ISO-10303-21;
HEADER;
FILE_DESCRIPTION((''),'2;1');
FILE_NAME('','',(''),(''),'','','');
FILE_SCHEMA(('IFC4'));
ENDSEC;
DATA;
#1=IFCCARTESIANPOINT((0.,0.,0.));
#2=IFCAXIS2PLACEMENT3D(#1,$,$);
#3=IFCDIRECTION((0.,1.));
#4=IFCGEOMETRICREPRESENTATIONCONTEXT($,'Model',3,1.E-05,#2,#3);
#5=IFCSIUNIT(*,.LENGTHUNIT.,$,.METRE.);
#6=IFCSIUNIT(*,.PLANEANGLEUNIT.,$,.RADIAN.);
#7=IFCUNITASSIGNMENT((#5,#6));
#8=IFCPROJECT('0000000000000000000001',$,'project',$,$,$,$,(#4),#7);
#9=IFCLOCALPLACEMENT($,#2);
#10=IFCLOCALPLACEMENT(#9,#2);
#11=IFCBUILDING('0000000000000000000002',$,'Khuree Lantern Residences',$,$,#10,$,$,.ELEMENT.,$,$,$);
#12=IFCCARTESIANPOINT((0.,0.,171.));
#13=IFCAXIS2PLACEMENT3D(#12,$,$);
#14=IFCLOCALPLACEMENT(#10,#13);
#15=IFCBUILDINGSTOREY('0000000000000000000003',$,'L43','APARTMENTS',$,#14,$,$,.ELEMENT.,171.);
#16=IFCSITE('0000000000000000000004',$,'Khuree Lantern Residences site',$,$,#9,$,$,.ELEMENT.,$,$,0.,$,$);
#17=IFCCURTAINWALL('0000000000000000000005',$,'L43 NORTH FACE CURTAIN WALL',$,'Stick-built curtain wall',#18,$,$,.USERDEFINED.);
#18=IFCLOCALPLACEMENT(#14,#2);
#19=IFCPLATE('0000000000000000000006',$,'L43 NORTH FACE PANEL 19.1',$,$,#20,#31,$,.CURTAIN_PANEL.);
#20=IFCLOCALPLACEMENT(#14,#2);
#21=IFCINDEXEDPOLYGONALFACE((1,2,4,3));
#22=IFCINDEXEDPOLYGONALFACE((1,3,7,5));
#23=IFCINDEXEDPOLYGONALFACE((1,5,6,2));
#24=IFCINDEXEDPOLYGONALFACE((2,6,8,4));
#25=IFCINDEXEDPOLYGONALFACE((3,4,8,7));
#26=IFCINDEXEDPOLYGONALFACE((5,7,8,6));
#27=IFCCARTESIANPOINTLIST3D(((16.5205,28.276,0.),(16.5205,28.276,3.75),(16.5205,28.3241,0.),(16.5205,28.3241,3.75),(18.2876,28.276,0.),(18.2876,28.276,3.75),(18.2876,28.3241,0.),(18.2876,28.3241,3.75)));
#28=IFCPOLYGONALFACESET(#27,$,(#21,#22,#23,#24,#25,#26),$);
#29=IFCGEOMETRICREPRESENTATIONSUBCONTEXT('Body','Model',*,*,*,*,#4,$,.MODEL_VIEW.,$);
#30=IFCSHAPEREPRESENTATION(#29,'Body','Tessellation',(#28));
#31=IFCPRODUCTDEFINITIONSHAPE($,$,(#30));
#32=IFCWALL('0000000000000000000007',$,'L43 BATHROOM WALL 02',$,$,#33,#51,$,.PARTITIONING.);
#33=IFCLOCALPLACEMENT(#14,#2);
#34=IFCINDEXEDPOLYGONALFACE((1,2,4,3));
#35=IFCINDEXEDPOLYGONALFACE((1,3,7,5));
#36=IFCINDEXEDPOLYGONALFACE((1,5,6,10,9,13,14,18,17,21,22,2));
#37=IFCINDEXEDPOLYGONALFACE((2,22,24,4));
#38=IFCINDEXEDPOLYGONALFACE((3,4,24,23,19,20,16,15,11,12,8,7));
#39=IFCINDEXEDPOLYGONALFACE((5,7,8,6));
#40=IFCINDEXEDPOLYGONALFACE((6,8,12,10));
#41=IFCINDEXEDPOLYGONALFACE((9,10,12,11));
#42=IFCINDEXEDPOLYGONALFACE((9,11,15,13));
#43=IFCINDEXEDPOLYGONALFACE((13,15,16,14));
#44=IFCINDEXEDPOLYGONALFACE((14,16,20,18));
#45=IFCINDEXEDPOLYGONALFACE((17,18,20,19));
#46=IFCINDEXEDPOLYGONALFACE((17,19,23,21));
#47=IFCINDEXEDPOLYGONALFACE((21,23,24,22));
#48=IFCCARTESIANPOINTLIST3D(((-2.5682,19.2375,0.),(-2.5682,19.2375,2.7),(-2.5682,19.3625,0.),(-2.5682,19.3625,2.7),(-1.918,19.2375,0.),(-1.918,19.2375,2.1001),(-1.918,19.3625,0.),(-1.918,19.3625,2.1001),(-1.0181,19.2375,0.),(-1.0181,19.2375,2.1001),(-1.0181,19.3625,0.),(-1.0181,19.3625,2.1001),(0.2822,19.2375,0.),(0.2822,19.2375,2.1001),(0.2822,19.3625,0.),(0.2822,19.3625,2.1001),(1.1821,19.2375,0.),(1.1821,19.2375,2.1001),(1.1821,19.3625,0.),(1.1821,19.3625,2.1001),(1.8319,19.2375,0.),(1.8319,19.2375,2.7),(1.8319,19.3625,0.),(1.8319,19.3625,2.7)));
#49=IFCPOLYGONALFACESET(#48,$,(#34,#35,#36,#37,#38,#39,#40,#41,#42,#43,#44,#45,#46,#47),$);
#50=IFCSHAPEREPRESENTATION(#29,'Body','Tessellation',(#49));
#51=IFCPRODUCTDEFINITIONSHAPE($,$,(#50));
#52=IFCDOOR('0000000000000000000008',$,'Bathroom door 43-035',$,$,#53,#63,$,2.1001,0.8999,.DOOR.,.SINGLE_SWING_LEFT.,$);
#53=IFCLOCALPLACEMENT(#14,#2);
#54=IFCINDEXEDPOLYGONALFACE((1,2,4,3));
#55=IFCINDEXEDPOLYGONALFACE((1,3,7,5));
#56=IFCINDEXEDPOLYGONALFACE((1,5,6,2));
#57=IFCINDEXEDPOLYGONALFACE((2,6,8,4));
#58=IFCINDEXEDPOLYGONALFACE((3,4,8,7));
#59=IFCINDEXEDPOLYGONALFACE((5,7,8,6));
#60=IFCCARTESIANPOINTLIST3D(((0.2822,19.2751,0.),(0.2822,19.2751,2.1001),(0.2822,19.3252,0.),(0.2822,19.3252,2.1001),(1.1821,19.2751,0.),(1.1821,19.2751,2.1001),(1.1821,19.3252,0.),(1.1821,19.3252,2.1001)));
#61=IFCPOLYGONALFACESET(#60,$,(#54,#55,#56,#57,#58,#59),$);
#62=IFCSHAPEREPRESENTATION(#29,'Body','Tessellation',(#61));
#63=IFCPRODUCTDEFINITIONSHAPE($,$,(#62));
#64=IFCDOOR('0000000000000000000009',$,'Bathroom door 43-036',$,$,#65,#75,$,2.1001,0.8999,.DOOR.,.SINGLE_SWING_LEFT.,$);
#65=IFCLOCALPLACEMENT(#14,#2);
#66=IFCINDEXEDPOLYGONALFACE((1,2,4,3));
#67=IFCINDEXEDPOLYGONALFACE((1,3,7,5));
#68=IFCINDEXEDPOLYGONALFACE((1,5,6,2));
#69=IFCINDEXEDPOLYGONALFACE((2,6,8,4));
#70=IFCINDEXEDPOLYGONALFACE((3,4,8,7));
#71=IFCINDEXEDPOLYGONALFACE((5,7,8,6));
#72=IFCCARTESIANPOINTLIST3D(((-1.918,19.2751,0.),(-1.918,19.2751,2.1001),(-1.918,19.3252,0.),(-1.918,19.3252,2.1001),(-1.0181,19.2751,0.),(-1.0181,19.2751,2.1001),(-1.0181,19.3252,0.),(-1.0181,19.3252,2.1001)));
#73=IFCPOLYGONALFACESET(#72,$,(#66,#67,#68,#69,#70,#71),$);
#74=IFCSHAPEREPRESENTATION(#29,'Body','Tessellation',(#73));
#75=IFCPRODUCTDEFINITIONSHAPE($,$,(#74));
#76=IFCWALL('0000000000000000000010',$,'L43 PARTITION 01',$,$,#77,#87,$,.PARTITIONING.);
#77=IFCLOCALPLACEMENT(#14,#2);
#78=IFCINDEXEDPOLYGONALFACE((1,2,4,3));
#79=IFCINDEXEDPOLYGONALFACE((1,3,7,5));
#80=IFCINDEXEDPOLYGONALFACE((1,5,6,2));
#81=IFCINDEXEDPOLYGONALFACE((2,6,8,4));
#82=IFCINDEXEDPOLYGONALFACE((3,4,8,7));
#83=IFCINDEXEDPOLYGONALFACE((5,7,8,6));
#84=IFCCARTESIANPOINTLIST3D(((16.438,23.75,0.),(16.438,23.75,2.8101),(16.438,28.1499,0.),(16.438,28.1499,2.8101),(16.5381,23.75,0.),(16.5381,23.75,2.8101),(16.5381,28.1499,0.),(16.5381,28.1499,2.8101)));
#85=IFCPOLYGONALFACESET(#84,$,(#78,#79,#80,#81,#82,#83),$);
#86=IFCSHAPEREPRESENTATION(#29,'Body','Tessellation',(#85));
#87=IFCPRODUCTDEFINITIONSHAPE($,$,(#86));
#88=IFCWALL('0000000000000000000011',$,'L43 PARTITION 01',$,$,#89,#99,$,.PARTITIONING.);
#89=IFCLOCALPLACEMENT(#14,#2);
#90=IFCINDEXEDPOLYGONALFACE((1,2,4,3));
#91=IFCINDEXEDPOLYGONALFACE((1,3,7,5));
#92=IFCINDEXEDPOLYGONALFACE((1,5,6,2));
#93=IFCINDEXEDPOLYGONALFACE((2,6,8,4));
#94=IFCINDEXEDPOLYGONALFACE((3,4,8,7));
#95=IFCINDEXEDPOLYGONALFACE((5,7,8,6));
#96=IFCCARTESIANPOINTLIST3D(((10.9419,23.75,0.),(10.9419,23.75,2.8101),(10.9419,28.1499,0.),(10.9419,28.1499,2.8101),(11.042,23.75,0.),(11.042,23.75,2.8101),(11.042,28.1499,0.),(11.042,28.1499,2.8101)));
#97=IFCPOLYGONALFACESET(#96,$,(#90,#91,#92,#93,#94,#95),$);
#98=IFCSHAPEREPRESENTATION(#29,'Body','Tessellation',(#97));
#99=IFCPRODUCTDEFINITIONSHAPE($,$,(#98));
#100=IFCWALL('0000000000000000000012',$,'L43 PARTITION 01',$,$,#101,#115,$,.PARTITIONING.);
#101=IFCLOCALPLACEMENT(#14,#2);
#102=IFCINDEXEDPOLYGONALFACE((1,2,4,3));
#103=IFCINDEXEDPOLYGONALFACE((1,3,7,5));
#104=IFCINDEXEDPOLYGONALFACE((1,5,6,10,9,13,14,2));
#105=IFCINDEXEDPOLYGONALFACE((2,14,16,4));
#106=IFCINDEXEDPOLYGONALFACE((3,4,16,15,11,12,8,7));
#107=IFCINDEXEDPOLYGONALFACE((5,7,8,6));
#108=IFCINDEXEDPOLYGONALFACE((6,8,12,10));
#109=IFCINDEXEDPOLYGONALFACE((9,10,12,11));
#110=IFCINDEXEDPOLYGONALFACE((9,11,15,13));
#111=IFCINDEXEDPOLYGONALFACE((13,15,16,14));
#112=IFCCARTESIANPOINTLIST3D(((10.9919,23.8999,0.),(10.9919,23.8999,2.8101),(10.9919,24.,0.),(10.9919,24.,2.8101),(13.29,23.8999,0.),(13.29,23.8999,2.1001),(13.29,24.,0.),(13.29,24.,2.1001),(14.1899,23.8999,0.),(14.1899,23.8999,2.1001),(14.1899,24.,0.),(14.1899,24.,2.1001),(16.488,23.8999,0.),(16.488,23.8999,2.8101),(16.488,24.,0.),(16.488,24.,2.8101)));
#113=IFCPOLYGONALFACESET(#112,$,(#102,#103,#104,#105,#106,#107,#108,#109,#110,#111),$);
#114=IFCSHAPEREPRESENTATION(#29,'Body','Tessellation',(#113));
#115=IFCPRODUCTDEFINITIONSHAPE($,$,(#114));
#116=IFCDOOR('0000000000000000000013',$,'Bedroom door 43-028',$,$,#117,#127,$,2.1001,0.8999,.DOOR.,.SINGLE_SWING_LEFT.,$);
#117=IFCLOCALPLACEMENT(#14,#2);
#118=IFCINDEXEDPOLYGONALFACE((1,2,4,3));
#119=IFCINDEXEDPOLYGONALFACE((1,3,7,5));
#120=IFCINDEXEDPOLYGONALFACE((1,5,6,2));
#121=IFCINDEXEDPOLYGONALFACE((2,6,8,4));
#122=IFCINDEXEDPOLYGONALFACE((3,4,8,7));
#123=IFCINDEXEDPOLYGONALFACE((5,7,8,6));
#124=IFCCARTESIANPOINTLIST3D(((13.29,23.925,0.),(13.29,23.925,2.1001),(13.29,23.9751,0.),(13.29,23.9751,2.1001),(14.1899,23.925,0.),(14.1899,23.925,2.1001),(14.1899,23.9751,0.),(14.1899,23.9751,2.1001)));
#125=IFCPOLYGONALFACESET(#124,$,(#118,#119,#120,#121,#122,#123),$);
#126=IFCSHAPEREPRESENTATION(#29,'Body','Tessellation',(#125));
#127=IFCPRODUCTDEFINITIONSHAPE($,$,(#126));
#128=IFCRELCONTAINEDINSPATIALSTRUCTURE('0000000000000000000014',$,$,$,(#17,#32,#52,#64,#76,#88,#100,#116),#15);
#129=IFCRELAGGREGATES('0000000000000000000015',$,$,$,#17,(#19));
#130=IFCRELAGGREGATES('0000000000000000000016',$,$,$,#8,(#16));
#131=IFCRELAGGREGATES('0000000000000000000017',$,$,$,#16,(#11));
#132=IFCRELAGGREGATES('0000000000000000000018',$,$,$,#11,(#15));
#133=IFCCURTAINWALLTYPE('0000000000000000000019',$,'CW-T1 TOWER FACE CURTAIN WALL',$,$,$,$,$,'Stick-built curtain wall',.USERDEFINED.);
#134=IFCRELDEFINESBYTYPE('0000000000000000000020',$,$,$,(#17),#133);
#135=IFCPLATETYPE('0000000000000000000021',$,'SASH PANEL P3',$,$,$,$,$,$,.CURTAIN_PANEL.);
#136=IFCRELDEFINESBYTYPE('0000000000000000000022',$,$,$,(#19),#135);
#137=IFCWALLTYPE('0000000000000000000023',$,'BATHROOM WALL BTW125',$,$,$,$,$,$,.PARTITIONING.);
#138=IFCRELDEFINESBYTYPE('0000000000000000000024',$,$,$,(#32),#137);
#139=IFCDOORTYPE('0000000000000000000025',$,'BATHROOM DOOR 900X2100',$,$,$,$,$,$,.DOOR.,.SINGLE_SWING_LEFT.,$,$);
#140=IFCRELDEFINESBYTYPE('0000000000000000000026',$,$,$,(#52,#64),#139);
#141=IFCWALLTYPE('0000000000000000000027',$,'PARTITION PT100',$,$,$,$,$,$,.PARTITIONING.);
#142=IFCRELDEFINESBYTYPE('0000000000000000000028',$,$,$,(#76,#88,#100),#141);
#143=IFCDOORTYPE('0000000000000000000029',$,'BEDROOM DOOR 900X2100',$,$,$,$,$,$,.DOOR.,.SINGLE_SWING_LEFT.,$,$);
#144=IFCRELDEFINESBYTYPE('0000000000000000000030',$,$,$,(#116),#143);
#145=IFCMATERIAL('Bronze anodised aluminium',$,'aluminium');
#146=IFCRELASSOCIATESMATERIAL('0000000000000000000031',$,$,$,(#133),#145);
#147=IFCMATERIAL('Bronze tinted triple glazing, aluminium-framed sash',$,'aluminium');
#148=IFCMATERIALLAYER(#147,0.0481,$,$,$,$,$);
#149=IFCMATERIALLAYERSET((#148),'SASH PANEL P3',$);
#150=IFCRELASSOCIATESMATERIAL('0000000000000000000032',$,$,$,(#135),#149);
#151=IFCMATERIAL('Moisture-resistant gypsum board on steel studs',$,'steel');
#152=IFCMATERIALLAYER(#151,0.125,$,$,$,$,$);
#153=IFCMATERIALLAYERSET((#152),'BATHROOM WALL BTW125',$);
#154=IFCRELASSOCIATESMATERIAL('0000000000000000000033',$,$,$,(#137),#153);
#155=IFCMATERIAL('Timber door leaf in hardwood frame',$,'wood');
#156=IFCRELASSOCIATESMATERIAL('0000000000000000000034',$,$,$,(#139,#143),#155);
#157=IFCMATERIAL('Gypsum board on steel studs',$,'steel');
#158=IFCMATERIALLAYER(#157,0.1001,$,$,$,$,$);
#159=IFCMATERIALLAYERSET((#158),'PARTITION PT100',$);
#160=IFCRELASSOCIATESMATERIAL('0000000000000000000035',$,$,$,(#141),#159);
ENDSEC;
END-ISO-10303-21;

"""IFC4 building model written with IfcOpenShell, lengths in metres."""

from ifc_helpers import new_model, si_unit, direction, frame, frame_2d, origin, origin_2d, place, context, subcontext, project, spatial, rectangle, extrude, material, layer, layer_set, type_object, element, fill, aggregate, save


model = new_model("IFC4")

# Units and contexts
model_context = context("Model", 3, precision=1e-05, world=origin(), true_north=direction((0.0, 1.0)))
body_context = subcontext(model_context, "Body", "Model", "MODEL_VIEW")
ifc_project = project(units=[si_unit("LENGTHUNIT", "METRE"), si_unit("PLANEANGLEUNIT", "RADIAN")], contexts=[model_context])

# Site, building, storey
site_placement = place(None, origin())
site = spatial("IfcSite", under=ifc_project, at=site_placement, Name="Khuree Lantern Residences site", CompositionType="ELEMENT", RefElevation=0.0)
building_placement = place(site_placement, origin())
building = spatial("IfcBuilding", under=site, at=building_placement, Name="Khuree Lantern Residences", CompositionType="ELEMENT")
storey_placement = place(building_placement, frame((0.0, 0.0, 171.0)))
storey = spatial("IfcBuildingStorey", under=building, at=storey_placement, Name="L43", Description="APARTMENTS", CompositionType="ELEMENT", Elevation=171.0)

# Curtain wall
ifc_material_1 = material(Name="Bronze anodised aluminium", Category="aluminium")
curtain_wall_type = type_object("IfcCurtainWallType", Name="CW-T1 TOWER FACE CURTAIN WALL", ElementType="Stick-built curtain wall", PredefinedType="USERDEFINED", material=ifc_material_1)
curtain_wall_placement = place(storey_placement, origin())
curtain_wall = element("IfcCurtainWall", 1, at=curtain_wall_placement, inside=storey, type_object=curtain_wall_type, Name="L43 NORTH FACE CURTAIN WALL", ObjectType="Stick-built curtain wall", PredefinedType="USERDEFINED")

# Plate
ifc_material_2 = material(Name="Bronze tinted triple glazing, aluminium-framed sash", Category="aluminium")
ifc_layer_1 = layer(ifc_material_2, 0.0481)
ifc_layer_set_1 = layer_set([ifc_layer_1], Name="SASH PANEL P3")
plate_type_1 = type_object("IfcPlateType", Name="SASH PANEL P3", PredefinedType="CURTAIN_PANEL", material=ifc_layer_set_1)
plate_1_placement = place(storey_placement, frame((17.4041, 28.3, 0.0), z_axis=(0.0, 0.0, 1.0), x_axis=(-1.0, 0.0, 0.0)))
plate_1 = element("IfcPlate", 2, at=plate_1_placement, type_object=plate_type_1, Name="L43 NORTH FACE PANEL 19.1", PredefinedType="CURTAIN_PANEL", context=body_context, shape_type="SweptSolid", body=[
    extrude(rectangle(XDim=1.7671, YDim=0.0481, at=origin_2d()), origin(), (0.0, 0.0, 1.0), 3.75),
])
aggregate(curtain_wall, [plate_1])

# Wall, openings, doors
ifc_material_3 = material(Name="Moisture-resistant gypsum board on steel studs", Category="steel")
ifc_layer_2 = layer(ifc_material_3, 0.125)
ifc_layer_set_2 = layer_set([ifc_layer_2], Name="BATHROOM WALL BTW125")
wall_type_1 = type_object("IfcWallType", Name="BATHROOM WALL BTW125", PredefinedType="PARTITIONING", material=ifc_layer_set_2)
wall_1_placement = place(storey_placement, frame((1.832, 19.3, 0.0), z_axis=(0.0, 0.0, 1.0), x_axis=(-1.0, 0.0, 0.0)))
wall_1 = element("IfcWall", 3, at=wall_1_placement, inside=storey, type_object=wall_type_1, Name="L43 BATHROOM WALL 02", PredefinedType="PARTITIONING", context=body_context, shape_type="SweptSolid", body=[
    extrude(rectangle(XDim=4.4001, YDim=0.125, at=frame_2d((2.2002, 0.0))), origin(), (0.0, 0.0, 1.0), 2.7),
])
opening_1_placement = place(wall_1_placement, frame((0.6499, 0.0, 0.0)))
opening_1 = element("IfcOpeningElement", 4, at=opening_1_placement, cuts=wall_1, PredefinedType="OPENING", context=body_context, shape_type="SweptSolid", body=[
    extrude(rectangle(XDim=0.8999, YDim=2.1001, at=frame_2d((0.45, 1.05))), frame((0.0, 0.0725, 0.0), z_axis=(0.0, -1.0, 0.0), x_axis=(1.0, 0.0, 0.0)), (0.0, 0.0, 1.0), 0.145),
])
opening_2_placement = place(wall_1_placement, frame((2.8501, 0.0, 0.0)))
opening_2 = element("IfcOpeningElement", 5, at=opening_2_placement, cuts=wall_1, PredefinedType="OPENING", context=body_context, shape_type="SweptSolid", body=[
    extrude(rectangle(XDim=0.8999, YDim=2.1001, at=frame_2d((0.45, 1.05))), frame((0.0, 0.0725, 0.0), z_axis=(0.0, -1.0, 0.0), x_axis=(1.0, 0.0, 0.0)), (0.0, 0.0, 1.0), 0.145),
])
ifc_material_4 = material(Name="Timber door leaf in hardwood frame", Category="wood")
door_type_1 = type_object("IfcDoorType", Name="BATHROOM DOOR 900X2100", OperationType="SINGLE_SWING_LEFT", PredefinedType="DOOR", material=ifc_material_4)
door_1_placement = place(opening_1_placement, origin())
door_1 = element("IfcDoor", 6, at=door_1_placement, inside=storey, type_object=door_type_1, Name="Bathroom door 43-035", OperationType="SINGLE_SWING_LEFT", OverallHeight=2.1001, OverallWidth=0.8999, PredefinedType="DOOR", context=body_context, shape_type="SweptSolid", body=[
    extrude(rectangle(XDim=0.8999, YDim=2.1001, at=frame_2d((0.45, 1.05))), frame((0.0, 0.0249, 0.0), z_axis=(0.0, -1.0, 0.0), x_axis=(1.0, 0.0, 0.0)), (0.0, 0.0, 1.0), 0.05),
])
fill(opening_1, door_1)
door_2_placement = place(opening_2_placement, origin())
door_2 = element("IfcDoor", 7, at=door_2_placement, inside=storey, type_object=door_type_1, Name="Bathroom door 43-036", OperationType="SINGLE_SWING_LEFT", OverallHeight=2.1001, OverallWidth=0.8999, PredefinedType="DOOR", context=body_context, shape_type="SweptSolid", body=[
    extrude(rectangle(XDim=0.8999, YDim=2.1001, at=frame_2d((0.45, 1.05))), frame((0.0, 0.0249, 0.0), z_axis=(0.0, -1.0, 0.0), x_axis=(1.0, 0.0, 0.0)), (0.0, 0.0, 1.0), 0.05),
])
fill(opening_2, door_2)

# Walls
ifc_material_5 = material(Name="Gypsum board on steel studs", Category="steel")
ifc_layer_3 = layer(ifc_material_5, 0.1001)
ifc_layer_set_3 = layer_set([ifc_layer_3], Name="PARTITION PT100")
wall_type_2 = type_object("IfcWallType", Name="PARTITION PT100", PredefinedType="PARTITIONING", material=ifc_layer_set_3)
for number, where, z_axis, x_axis, name in (
    (8, (16.488, 23.75, 0.0), (0.0, 0.0, 1.0), (0.0, 1.0, 0.0), "L43 PARTITION 01"),
    (9, (10.9919, 23.75, 0.0), (0.0, 0.0, 1.0), (0.0, 1.0, 0.0), "L43 PARTITION 01"),
):
    element("IfcWall", number, at=place(storey_placement, frame(where, z_axis=z_axis, x_axis=x_axis)), inside=storey, type_object=wall_type_2, Name=name, PredefinedType="PARTITIONING", context=body_context, shape_type="SweptSolid", body=[
        extrude(rectangle(XDim=4.3999, YDim=0.1001, at=frame_2d((2.2, 0.0))), origin(), (0.0, 0.0, 1.0), 2.8101),
    ])

# Wall, opening, door
wall_2_placement = place(storey_placement, frame((16.488, 23.95, 0.0), z_axis=(0.0, 0.0, 1.0), x_axis=(-1.0, 0.0, 0.0)))
wall_2 = element("IfcWall", 10, at=wall_2_placement, inside=storey, type_object=wall_type_2, Name="L43 PARTITION 01", PredefinedType="PARTITIONING", context=body_context, shape_type="SweptSolid", body=[
    extrude(rectangle(XDim=5.4961, YDim=0.1001, at=frame_2d((2.748, 0.0))), origin(), (0.0, 0.0, 1.0), 2.8101),
])
opening_3_placement = place(wall_2_placement, frame((2.2981, 0.0, 0.0)))
opening_3 = element("IfcOpeningElement", 11, at=opening_3_placement, cuts=wall_2, PredefinedType="OPENING", context=body_context, shape_type="SweptSolid", body=[
    extrude(rectangle(XDim=0.8999, YDim=2.1001, at=frame_2d((0.45, 1.05))), frame((0.0, 0.0601, 0.0), z_axis=(0.0, -1.0, 0.0), x_axis=(1.0, 0.0, 0.0)), (0.0, 0.0, 1.0), 0.1201),
])
door_type_2 = type_object("IfcDoorType", Name="BEDROOM DOOR 900X2100", OperationType="SINGLE_SWING_LEFT", PredefinedType="DOOR", material=ifc_material_4)
door_3_placement = place(opening_3_placement, origin())
door_3 = element("IfcDoor", 12, at=door_3_placement, inside=storey, type_object=door_type_2, Name="Bedroom door 43-028", OperationType="SINGLE_SWING_LEFT", OverallHeight=2.1001, OverallWidth=0.8999, PredefinedType="DOOR", context=body_context, shape_type="SweptSolid", body=[
    extrude(rectangle(XDim=0.8999, YDim=2.1001, at=frame_2d((0.45, 1.05))), frame((0.0, 0.0249, 0.0), z_axis=(0.0, -1.0, 0.0), x_axis=(1.0, 0.0, 0.0)), (0.0, 0.0, 1.0), 0.05),
])
fill(opening_3, door_3)

save(model, "model.ifc")
